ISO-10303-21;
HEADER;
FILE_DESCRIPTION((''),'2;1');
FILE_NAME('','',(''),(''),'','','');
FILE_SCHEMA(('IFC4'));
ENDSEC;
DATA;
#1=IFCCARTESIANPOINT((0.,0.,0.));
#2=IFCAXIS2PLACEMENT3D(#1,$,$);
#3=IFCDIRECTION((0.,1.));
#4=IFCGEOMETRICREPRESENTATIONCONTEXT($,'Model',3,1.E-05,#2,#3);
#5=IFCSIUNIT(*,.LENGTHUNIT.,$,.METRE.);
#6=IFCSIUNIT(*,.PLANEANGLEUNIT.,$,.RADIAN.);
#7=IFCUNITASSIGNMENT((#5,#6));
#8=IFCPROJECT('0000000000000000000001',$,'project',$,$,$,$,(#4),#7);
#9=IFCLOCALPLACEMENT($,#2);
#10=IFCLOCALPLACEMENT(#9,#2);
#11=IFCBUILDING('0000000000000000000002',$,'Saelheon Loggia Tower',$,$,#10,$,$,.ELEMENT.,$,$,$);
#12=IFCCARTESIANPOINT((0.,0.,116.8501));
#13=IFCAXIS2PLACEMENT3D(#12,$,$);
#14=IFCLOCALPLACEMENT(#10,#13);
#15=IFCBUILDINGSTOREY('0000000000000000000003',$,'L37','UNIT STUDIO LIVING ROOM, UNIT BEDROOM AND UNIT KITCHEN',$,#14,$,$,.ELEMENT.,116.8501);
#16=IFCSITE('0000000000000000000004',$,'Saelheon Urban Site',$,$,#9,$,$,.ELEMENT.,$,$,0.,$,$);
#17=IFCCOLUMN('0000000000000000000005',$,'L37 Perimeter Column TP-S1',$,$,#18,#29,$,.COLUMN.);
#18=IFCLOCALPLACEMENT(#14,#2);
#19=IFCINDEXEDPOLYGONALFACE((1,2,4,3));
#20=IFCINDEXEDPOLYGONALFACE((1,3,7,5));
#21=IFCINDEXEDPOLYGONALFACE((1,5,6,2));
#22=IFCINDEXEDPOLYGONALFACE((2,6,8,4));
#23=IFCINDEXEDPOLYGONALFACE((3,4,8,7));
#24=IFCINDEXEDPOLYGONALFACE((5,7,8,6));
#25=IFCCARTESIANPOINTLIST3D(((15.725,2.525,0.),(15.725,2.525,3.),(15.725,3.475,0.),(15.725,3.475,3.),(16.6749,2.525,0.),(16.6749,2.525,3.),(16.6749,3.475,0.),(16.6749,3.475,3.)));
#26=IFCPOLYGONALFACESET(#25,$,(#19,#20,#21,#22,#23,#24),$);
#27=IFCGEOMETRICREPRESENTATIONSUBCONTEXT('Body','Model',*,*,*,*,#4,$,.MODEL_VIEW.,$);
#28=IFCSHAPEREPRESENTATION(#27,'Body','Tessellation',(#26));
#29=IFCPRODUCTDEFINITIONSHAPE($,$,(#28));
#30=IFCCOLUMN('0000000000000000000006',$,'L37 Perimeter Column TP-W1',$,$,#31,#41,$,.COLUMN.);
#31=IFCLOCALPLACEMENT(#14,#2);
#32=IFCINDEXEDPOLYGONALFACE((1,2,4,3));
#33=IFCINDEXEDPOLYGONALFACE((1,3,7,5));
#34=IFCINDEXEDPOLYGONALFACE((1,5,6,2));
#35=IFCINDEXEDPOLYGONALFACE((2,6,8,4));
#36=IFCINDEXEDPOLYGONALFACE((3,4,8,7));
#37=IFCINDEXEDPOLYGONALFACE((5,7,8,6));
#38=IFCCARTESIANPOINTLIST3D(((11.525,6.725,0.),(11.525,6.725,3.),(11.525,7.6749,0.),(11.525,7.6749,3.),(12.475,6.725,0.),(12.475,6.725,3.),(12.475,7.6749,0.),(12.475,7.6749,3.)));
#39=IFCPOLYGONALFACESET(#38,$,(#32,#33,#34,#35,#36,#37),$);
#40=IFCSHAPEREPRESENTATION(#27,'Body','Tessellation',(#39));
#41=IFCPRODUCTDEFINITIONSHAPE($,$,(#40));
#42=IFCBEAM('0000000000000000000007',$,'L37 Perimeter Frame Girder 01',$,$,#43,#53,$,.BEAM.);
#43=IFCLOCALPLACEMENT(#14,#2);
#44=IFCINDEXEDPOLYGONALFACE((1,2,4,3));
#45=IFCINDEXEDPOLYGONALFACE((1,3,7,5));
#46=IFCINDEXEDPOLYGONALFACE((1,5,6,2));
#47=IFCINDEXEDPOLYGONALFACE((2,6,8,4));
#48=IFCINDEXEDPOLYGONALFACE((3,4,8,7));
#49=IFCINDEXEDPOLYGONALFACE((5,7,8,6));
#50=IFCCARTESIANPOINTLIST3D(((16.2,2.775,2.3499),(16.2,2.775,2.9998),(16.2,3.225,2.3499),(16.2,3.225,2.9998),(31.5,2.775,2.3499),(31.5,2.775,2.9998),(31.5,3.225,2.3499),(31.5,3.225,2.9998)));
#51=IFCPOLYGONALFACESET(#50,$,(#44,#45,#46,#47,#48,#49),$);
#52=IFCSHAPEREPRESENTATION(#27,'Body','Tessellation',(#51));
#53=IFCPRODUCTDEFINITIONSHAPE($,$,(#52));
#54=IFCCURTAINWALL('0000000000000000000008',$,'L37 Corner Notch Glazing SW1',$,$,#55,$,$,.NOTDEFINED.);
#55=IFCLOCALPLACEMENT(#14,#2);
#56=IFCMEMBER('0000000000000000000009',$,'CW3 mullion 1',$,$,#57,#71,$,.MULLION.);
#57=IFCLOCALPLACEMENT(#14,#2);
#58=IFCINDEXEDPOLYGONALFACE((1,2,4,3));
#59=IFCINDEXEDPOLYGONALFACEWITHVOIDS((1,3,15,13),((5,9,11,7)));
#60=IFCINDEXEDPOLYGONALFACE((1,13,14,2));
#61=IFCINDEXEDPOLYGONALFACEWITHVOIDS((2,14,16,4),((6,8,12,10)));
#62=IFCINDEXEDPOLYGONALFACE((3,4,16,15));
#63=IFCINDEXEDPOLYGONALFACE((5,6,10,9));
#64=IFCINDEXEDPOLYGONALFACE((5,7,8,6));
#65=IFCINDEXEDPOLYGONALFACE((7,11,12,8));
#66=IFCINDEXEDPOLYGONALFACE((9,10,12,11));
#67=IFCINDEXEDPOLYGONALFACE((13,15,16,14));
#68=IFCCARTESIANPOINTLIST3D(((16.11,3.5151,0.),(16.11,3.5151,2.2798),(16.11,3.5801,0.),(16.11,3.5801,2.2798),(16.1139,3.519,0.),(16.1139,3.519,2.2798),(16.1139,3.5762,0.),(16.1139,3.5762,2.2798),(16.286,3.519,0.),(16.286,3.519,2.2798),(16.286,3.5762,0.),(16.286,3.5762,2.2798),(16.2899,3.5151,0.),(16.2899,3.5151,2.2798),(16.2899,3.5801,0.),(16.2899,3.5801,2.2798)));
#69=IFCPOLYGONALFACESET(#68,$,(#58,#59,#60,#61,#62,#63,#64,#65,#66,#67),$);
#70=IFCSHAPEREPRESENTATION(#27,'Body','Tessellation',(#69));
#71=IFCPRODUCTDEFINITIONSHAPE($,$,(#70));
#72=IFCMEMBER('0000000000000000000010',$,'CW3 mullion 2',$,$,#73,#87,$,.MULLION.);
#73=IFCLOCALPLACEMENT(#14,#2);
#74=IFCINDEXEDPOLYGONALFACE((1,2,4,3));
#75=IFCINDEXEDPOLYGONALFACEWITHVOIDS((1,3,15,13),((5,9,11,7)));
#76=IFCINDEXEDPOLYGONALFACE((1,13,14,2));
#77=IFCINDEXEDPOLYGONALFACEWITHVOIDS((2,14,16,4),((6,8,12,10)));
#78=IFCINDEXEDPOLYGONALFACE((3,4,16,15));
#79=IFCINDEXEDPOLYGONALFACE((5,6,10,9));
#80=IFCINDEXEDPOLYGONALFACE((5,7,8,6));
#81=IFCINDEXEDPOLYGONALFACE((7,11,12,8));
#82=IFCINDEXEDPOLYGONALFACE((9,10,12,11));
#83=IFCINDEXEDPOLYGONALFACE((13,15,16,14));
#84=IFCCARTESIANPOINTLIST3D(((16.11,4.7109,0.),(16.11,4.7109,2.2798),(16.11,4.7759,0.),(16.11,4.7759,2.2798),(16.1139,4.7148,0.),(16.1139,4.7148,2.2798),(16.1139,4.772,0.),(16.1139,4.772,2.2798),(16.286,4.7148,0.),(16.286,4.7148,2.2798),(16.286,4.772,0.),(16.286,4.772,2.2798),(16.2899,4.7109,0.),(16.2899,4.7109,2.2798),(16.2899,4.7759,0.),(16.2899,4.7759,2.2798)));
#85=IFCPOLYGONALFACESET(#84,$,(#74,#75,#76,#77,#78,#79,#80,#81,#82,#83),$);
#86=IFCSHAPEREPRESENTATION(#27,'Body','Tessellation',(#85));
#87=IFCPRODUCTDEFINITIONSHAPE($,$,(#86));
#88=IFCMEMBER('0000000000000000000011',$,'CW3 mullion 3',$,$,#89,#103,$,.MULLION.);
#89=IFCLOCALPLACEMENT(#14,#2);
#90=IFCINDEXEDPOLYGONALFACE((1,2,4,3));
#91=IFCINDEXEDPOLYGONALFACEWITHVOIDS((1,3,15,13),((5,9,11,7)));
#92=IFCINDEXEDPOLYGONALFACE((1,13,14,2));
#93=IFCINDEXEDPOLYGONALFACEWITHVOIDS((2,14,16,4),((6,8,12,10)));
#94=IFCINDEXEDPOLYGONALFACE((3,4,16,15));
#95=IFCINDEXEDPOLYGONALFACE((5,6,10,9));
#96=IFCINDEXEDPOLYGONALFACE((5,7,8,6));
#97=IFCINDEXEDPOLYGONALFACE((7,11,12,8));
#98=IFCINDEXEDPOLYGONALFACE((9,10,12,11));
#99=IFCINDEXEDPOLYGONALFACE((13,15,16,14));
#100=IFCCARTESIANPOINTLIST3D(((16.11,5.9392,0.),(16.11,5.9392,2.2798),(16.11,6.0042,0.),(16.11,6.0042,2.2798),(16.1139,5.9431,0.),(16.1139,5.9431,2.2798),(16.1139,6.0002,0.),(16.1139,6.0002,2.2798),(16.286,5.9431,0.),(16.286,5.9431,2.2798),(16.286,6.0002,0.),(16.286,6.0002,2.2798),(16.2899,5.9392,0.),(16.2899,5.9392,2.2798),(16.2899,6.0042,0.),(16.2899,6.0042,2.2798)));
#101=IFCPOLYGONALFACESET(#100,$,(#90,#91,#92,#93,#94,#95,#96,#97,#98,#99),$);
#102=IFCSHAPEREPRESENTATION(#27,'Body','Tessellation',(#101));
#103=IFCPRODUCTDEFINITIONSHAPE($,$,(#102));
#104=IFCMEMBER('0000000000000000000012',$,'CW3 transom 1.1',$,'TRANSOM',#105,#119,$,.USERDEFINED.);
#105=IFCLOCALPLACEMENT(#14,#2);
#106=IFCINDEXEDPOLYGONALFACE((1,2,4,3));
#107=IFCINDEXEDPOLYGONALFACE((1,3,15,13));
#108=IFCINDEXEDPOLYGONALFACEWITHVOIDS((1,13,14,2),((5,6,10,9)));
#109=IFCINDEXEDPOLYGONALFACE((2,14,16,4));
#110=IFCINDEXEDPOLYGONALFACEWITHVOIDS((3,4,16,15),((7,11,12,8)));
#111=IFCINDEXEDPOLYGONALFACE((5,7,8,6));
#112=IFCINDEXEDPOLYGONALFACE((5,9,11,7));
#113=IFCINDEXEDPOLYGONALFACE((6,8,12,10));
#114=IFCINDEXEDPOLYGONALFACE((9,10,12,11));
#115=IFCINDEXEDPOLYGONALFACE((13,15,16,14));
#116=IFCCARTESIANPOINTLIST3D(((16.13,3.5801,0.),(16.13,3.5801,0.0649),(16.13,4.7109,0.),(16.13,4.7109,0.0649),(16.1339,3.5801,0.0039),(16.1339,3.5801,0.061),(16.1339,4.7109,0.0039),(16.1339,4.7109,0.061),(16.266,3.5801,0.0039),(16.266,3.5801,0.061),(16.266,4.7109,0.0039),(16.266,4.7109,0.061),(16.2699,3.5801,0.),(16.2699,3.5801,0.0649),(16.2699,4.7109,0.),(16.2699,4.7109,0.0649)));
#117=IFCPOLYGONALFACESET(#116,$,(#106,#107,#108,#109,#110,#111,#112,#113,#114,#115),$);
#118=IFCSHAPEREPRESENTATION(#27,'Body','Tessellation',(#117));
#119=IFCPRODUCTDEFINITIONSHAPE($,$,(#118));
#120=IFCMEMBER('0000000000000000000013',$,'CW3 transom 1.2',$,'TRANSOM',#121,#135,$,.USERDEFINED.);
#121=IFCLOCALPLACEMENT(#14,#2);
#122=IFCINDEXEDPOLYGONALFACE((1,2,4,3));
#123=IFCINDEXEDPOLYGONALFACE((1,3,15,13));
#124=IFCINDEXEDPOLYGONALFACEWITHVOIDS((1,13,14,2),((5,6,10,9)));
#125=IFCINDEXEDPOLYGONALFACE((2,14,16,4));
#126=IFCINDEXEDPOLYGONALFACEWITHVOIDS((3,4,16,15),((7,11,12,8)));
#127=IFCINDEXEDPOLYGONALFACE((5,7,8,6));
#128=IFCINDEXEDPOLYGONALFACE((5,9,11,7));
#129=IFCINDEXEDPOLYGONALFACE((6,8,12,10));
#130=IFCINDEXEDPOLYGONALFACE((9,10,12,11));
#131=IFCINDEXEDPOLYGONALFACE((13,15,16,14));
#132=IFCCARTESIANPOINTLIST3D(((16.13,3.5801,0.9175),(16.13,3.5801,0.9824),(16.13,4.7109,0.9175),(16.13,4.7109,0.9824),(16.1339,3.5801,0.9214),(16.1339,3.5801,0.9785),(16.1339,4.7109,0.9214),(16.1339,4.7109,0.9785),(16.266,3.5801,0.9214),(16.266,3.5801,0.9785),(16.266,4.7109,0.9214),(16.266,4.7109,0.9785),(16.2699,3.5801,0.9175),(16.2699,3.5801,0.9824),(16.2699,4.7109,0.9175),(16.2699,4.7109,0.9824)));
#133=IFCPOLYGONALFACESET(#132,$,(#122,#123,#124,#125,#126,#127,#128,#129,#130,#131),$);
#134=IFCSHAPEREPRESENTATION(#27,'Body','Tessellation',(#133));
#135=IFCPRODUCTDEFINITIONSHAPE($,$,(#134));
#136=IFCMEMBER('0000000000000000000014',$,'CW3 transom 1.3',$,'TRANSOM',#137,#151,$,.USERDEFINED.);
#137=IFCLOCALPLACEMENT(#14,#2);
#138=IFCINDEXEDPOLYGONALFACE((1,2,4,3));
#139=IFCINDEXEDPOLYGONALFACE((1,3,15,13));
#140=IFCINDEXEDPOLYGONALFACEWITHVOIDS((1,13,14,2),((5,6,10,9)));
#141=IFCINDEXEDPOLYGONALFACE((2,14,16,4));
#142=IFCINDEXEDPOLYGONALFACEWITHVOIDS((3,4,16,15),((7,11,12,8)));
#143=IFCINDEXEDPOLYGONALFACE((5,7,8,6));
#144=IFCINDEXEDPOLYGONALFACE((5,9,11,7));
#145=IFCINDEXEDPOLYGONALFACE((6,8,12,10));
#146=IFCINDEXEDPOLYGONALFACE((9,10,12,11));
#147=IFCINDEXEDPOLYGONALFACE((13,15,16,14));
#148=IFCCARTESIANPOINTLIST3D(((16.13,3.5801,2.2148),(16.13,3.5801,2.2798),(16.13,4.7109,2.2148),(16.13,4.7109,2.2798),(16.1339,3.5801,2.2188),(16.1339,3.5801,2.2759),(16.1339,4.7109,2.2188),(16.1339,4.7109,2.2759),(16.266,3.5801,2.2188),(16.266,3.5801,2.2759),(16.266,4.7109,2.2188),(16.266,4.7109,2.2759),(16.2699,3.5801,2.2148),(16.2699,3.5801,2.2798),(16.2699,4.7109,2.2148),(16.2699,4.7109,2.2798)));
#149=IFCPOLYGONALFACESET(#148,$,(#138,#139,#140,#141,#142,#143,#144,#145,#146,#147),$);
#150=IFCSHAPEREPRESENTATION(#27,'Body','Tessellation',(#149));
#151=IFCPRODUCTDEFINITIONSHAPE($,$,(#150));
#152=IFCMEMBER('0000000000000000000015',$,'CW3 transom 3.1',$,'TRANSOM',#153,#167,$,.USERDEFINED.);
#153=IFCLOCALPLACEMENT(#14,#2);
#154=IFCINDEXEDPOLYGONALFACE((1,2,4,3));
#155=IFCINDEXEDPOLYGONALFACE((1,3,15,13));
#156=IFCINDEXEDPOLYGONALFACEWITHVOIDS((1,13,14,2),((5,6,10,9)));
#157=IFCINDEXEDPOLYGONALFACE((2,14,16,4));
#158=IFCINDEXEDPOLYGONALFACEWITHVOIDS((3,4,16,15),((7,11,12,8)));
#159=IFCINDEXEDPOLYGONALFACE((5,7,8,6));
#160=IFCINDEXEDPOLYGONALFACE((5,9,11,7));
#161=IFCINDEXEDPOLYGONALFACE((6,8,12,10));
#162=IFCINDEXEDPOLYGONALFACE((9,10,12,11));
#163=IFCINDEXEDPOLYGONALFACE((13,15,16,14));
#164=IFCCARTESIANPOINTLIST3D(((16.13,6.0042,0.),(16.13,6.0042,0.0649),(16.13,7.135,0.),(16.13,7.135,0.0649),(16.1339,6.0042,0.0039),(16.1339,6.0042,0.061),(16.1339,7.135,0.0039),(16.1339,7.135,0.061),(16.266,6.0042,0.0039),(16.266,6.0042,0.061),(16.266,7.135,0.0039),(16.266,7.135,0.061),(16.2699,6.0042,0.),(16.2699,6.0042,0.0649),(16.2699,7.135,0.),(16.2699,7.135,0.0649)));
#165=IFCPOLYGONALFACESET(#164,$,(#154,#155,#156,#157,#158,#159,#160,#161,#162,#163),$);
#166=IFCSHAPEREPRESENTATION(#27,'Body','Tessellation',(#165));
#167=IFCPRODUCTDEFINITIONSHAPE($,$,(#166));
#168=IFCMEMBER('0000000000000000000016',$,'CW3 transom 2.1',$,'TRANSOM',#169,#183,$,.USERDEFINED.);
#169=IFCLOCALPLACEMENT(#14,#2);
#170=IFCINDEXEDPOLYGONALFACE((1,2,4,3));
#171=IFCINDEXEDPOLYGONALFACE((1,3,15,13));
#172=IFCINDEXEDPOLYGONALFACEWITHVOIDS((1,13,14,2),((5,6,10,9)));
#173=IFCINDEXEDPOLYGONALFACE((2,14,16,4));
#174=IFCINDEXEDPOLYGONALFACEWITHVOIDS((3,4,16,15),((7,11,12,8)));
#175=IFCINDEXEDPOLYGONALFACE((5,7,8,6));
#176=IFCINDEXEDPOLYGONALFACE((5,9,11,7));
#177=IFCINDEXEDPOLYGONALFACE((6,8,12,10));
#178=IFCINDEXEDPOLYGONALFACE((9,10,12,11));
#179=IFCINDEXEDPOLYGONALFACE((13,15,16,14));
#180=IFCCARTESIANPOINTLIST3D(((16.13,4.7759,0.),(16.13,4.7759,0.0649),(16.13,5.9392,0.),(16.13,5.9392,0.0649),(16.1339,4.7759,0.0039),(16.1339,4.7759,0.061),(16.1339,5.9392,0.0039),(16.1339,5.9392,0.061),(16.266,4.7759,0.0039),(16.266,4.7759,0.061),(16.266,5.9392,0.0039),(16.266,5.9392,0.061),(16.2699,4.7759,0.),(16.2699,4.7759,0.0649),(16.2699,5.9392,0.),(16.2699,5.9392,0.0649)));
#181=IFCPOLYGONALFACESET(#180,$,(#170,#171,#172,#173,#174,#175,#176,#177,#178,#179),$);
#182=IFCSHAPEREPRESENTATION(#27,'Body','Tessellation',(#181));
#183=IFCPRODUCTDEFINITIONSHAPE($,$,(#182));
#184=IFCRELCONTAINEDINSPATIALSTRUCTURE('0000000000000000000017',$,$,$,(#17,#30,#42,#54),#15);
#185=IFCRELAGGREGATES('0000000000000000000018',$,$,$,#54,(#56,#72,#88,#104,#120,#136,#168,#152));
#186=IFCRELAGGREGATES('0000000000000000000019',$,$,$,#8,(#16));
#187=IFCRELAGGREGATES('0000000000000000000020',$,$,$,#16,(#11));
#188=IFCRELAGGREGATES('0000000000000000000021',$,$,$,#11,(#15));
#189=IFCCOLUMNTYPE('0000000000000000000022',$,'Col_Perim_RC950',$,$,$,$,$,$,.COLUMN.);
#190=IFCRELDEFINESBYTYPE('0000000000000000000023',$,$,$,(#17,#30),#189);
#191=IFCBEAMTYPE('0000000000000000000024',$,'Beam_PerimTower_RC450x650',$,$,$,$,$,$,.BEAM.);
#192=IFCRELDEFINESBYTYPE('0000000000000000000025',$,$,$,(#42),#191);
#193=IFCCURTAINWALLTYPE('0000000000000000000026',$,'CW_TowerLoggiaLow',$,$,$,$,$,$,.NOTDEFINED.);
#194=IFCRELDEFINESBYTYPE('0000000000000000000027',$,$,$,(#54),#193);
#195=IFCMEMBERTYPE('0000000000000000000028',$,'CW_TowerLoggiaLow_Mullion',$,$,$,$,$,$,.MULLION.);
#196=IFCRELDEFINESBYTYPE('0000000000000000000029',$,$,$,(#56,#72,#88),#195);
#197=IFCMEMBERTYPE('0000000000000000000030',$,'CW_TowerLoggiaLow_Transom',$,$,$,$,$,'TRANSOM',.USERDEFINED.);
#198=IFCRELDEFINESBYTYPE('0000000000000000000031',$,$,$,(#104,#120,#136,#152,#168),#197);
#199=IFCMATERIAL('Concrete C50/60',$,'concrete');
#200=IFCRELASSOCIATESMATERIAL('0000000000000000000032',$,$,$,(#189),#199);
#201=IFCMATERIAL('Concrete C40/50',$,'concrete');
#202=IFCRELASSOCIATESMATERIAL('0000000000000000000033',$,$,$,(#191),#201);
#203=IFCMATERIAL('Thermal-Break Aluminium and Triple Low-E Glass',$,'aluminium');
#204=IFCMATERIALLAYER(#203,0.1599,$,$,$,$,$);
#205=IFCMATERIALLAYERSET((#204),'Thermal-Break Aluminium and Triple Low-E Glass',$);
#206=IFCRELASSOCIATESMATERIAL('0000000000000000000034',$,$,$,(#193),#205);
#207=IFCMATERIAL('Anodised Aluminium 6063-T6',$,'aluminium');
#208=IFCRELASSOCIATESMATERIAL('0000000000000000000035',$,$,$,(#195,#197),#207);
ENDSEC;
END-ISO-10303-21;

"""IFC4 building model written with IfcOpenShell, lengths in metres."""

from ifc_helpers import new_model, si_unit, direction, frame, origin, origin_2d, place, context, subcontext, project, spatial, rectangle, hollow_rectangle, extrude, source, transform, mapped, material, layer, layer_set, material_profile, profile_set, type_object, element, aggregate, save


model = new_model("IFC4")

# Units and contexts
model_context = context("Model", 3, precision=1e-05, world=origin(), true_north=direction((0.0, 1.0)))
body_context = subcontext(model_context, "Body", "Model", "MODEL_VIEW")
ifc_project = project(units=[si_unit("LENGTHUNIT", "METRE"), si_unit("PLANEANGLEUNIT", "RADIAN")], contexts=[model_context])

# Site, building, storey
site_placement = place(None, origin())
site = spatial("IfcSite", under=ifc_project, at=site_placement, Name="Saelheon Urban Site", CompositionType="ELEMENT", RefElevation=0.0)
building_placement = place(site_placement, origin())
building = spatial("IfcBuilding", under=site, at=building_placement, Name="Saelheon Loggia Tower", CompositionType="ELEMENT")
storey_placement = place(building_placement, frame((0.0, 0.0, 116.8501)))
storey = spatial("IfcBuildingStorey", under=building, at=storey_placement, Name="L37", Description="UNIT STUDIO LIVING ROOM, UNIT BEDROOM AND UNIT KITCHEN", CompositionType="ELEMENT", Elevation=116.8501)

# Columns
ifc_material_1 = material(Name="Concrete C50/60", Category="concrete")
ifc_material_profile_1 = material_profile(ifc_material_1, rectangle(XDim=0.95, YDim=0.95, at=origin_2d()), Name="RC-950x950")
ifc_profile_set_1 = profile_set([ifc_material_profile_1], Name="Concrete C50/60")
column_type = type_object("IfcColumnType", Name="Col_Perim_RC950", PredefinedType="COLUMN", material=ifc_profile_set_1)
shared_shape_1 = source(origin(), body_context, "Body", "SweptSolid", [
    extrude(rectangle(XDim=0.95, YDim=0.95, at=origin_2d()), origin(), (0.0, 0.0, 1.0), 3.0),
])
for number, where, z_axis, x_axis, name in (
    (1, (16.2, 3.0, 0.0), (0.0, 0.0, 1.0), (1.0, 0.0, 0.0), "L37 Perimeter Column TP-S1"),
    (2, (12.0, 7.2, 0.0), (0.0, 0.0, 1.0), (1.0, 0.0, 0.0), "L37 Perimeter Column TP-W1"),
):
    element("IfcColumn", number, at=place(storey_placement, frame(where, z_axis=z_axis, x_axis=x_axis)), inside=storey, type_object=column_type, Name=name, PredefinedType="COLUMN", context=body_context, shape_type="MappedRepresentation", body=[
        mapped(shared_shape_1, transform((0.0, 0.0, 0.0), scale=1.0)),
    ])

# Beam
ifc_material_2 = material(Name="Concrete C40/50", Category="concrete")
ifc_material_profile_2 = material_profile(ifc_material_2, rectangle(XDim=0.45, YDim=0.6499, at=origin_2d()), Name="RC-450x650")
ifc_profile_set_2 = profile_set([ifc_material_profile_2], Name="Concrete C40/50")
beam_type = type_object("IfcBeamType", Name="Beam_PerimTower_RC450x650", PredefinedType="BEAM", material=ifc_profile_set_2)
shared_shape_2 = source(origin(), body_context, "Body", "SweptSolid", [
    extrude(rectangle(XDim=0.45, YDim=0.6499, at=origin_2d()), origin(), (0.0, 0.0, 1.0), 15.3),
])
beam_placement = place(storey_placement, frame((16.2, 3.0, 2.6748), z_axis=(1.0, 0.0, 0.0), x_axis=(0.0, 1.0, 0.0)))
element("IfcBeam", 3, at=beam_placement, inside=storey, type_object=beam_type, Name="L37 Perimeter Frame Girder 01", PredefinedType="BEAM", context=body_context, shape_type="MappedRepresentation", body=[
    mapped(shared_shape_2, transform((0.0, 0.0, 0.0), scale=1.0)),
])

# Curtain wall, members
ifc_material_3 = material(Name="Thermal-Break Aluminium and Triple Low-E Glass", Category="aluminium")
ifc_layer_1 = layer(ifc_material_3, 0.1599)
ifc_layer_set_1 = layer_set([ifc_layer_1], Name="Thermal-Break Aluminium and Triple Low-E Glass")
curtain_wall_type = type_object("IfcCurtainWallType", Name="CW_TowerLoggiaLow", PredefinedType="NOTDEFINED", material=ifc_layer_set_1)
curtain_wall_placement = place(storey_placement, origin())
curtain_wall = element("IfcCurtainWall", 4, at=curtain_wall_placement, inside=storey, type_object=curtain_wall_type, Name="L37 Corner Notch Glazing SW1", PredefinedType="NOTDEFINED")
ifc_material_4 = material(Name="Anodised Aluminium 6063-T6", Category="aluminium")
ifc_material_profile_3 = material_profile(ifc_material_4, hollow_rectangle(XDim=0.0649, YDim=0.1799, WallThickness=0.0039, at=origin_2d()), Name="RHS-180x65x4")
ifc_profile_set_3 = profile_set([ifc_material_profile_3], Name="Anodised Aluminium 6063-T6")
member_type_1 = type_object("IfcMemberType", Name="CW_TowerLoggiaLow_Mullion", PredefinedType="MULLION", material=ifc_profile_set_3)
shared_shape_3 = source(origin(), body_context, "Body", "SweptSolid", [
    extrude(hollow_rectangle(XDim=0.0649, YDim=0.1799, WallThickness=0.0039, at=origin_2d()), origin(), (0.0, 0.0, 1.0), 2.2798),
])
member_1_placement = place(storey_placement, frame((16.2, 3.5476, 0.0), z_axis=(0.0, 0.0, 1.0), x_axis=(0.0, 1.0, 0.0)))
member_1 = element("IfcMember", 5, at=member_1_placement, type_object=member_type_1, Name="CW3 mullion 1", PredefinedType="MULLION", context=body_context, shape_type="MappedRepresentation", body=[
    mapped(shared_shape_3, transform((0.0, 0.0, 0.0), scale=1.0)),
])
member_2_placement = place(storey_placement, frame((16.2, 4.7434, 0.0), z_axis=(0.0, 0.0, 1.0), x_axis=(0.0, 1.0, 0.0)))
member_2 = element("IfcMember", 6, at=member_2_placement, type_object=member_type_1, Name="CW3 mullion 2", PredefinedType="MULLION", context=body_context, shape_type="MappedRepresentation", body=[
    mapped(shared_shape_3, transform((0.0, 0.0, 0.0), scale=1.0)),
])
member_3_placement = place(storey_placement, frame((16.2, 5.9717, 0.0), z_axis=(0.0, 0.0, 1.0), x_axis=(0.0, 1.0, 0.0)))
member_3 = element("IfcMember", 7, at=member_3_placement, type_object=member_type_1, Name="CW3 mullion 3", PredefinedType="MULLION", context=body_context, shape_type="MappedRepresentation", body=[
    mapped(shared_shape_3, transform((0.0, 0.0, 0.0), scale=1.0)),
])
ifc_material_profile_4 = material_profile(ifc_material_4, hollow_rectangle(XDim=0.0649, YDim=0.1399, WallThickness=0.0039, at=origin_2d()), Name="RHS-140x65x4")
ifc_profile_set_4 = profile_set([ifc_material_profile_4], Name="Anodised Aluminium 6063-T6")
member_type_2 = type_object("IfcMemberType", Name="CW_TowerLoggiaLow_Transom", ElementType="TRANSOM", PredefinedType="USERDEFINED", material=ifc_profile_set_4)
shared_shape_4 = source(origin(), body_context, "Body", "SweptSolid", [
    extrude(hollow_rectangle(XDim=0.0649, YDim=0.1399, WallThickness=0.0039, at=origin_2d()), origin(), (0.0, 0.0, 1.0), 1.1309),
])
member_4_placement = place(storey_placement, frame((16.2, 3.5801, 0.0325), z_axis=(0.0, 1.0, 0.0), x_axis=(0.0, 0.0, 1.0)))
member_4 = element("IfcMember", 8, at=member_4_placement, type_object=member_type_2, Name="CW3 transom 1.1", ObjectType="TRANSOM", PredefinedType="USERDEFINED", context=body_context, shape_type="MappedRepresentation", body=[
    mapped(shared_shape_4, transform((0.0, 0.0, 0.0), scale=1.0)),
])
member_5_placement = place(storey_placement, frame((16.2, 3.5801, 0.95), z_axis=(0.0, 1.0, 0.0), x_axis=(0.0, 0.0, 1.0)))
member_5 = element("IfcMember", 9, at=member_5_placement, type_object=member_type_2, Name="CW3 transom 1.2", ObjectType="TRANSOM", PredefinedType="USERDEFINED", context=body_context, shape_type="MappedRepresentation", body=[
    mapped(shared_shape_4, transform((0.0, 0.0, 0.0), scale=1.0)),
])
member_6_placement = place(storey_placement, frame((16.2, 3.5801, 2.2473), z_axis=(0.0, 1.0, 0.0), x_axis=(0.0, 0.0, 1.0)))
member_6 = element("IfcMember", 10, at=member_6_placement, type_object=member_type_2, Name="CW3 transom 1.3", ObjectType="TRANSOM", PredefinedType="USERDEFINED", context=body_context, shape_type="MappedRepresentation", body=[
    mapped(shared_shape_4, transform((0.0, 0.0, 0.0), scale=1.0)),
])
member_7_placement = place(storey_placement, frame((16.2, 6.0042, 0.0325), z_axis=(0.0, 1.0, 0.0), x_axis=(0.0, 0.0, 1.0)))
member_7 = element("IfcMember", 11, at=member_7_placement, type_object=member_type_2, Name="CW3 transom 3.1", ObjectType="TRANSOM", PredefinedType="USERDEFINED", context=body_context, shape_type="MappedRepresentation", body=[
    mapped(shared_shape_4, transform((0.0, 0.0, 0.0), scale=1.0)),
])
shared_shape_5 = source(origin(), body_context, "Body", "SweptSolid", [
    extrude(hollow_rectangle(XDim=0.0649, YDim=0.1399, WallThickness=0.0039, at=origin_2d()), origin(), (0.0, 0.0, 1.0), 1.1633),
])
member_8_placement = place(storey_placement, frame((16.2, 4.7759, 0.0325), z_axis=(0.0, 1.0, 0.0), x_axis=(0.0, 0.0, 1.0)))
member_8 = element("IfcMember", 12, at=member_8_placement, type_object=member_type_2, Name="CW3 transom 2.1", ObjectType="TRANSOM", PredefinedType="USERDEFINED", context=body_context, shape_type="MappedRepresentation", body=[
    mapped(shared_shape_5, transform((0.0, 0.0, 0.0), scale=1.0)),
])

aggregate(curtain_wall, [member_1, member_2, member_3, member_4, member_5, member_6, member_8, member_7])

save(model, "model.ifc")
